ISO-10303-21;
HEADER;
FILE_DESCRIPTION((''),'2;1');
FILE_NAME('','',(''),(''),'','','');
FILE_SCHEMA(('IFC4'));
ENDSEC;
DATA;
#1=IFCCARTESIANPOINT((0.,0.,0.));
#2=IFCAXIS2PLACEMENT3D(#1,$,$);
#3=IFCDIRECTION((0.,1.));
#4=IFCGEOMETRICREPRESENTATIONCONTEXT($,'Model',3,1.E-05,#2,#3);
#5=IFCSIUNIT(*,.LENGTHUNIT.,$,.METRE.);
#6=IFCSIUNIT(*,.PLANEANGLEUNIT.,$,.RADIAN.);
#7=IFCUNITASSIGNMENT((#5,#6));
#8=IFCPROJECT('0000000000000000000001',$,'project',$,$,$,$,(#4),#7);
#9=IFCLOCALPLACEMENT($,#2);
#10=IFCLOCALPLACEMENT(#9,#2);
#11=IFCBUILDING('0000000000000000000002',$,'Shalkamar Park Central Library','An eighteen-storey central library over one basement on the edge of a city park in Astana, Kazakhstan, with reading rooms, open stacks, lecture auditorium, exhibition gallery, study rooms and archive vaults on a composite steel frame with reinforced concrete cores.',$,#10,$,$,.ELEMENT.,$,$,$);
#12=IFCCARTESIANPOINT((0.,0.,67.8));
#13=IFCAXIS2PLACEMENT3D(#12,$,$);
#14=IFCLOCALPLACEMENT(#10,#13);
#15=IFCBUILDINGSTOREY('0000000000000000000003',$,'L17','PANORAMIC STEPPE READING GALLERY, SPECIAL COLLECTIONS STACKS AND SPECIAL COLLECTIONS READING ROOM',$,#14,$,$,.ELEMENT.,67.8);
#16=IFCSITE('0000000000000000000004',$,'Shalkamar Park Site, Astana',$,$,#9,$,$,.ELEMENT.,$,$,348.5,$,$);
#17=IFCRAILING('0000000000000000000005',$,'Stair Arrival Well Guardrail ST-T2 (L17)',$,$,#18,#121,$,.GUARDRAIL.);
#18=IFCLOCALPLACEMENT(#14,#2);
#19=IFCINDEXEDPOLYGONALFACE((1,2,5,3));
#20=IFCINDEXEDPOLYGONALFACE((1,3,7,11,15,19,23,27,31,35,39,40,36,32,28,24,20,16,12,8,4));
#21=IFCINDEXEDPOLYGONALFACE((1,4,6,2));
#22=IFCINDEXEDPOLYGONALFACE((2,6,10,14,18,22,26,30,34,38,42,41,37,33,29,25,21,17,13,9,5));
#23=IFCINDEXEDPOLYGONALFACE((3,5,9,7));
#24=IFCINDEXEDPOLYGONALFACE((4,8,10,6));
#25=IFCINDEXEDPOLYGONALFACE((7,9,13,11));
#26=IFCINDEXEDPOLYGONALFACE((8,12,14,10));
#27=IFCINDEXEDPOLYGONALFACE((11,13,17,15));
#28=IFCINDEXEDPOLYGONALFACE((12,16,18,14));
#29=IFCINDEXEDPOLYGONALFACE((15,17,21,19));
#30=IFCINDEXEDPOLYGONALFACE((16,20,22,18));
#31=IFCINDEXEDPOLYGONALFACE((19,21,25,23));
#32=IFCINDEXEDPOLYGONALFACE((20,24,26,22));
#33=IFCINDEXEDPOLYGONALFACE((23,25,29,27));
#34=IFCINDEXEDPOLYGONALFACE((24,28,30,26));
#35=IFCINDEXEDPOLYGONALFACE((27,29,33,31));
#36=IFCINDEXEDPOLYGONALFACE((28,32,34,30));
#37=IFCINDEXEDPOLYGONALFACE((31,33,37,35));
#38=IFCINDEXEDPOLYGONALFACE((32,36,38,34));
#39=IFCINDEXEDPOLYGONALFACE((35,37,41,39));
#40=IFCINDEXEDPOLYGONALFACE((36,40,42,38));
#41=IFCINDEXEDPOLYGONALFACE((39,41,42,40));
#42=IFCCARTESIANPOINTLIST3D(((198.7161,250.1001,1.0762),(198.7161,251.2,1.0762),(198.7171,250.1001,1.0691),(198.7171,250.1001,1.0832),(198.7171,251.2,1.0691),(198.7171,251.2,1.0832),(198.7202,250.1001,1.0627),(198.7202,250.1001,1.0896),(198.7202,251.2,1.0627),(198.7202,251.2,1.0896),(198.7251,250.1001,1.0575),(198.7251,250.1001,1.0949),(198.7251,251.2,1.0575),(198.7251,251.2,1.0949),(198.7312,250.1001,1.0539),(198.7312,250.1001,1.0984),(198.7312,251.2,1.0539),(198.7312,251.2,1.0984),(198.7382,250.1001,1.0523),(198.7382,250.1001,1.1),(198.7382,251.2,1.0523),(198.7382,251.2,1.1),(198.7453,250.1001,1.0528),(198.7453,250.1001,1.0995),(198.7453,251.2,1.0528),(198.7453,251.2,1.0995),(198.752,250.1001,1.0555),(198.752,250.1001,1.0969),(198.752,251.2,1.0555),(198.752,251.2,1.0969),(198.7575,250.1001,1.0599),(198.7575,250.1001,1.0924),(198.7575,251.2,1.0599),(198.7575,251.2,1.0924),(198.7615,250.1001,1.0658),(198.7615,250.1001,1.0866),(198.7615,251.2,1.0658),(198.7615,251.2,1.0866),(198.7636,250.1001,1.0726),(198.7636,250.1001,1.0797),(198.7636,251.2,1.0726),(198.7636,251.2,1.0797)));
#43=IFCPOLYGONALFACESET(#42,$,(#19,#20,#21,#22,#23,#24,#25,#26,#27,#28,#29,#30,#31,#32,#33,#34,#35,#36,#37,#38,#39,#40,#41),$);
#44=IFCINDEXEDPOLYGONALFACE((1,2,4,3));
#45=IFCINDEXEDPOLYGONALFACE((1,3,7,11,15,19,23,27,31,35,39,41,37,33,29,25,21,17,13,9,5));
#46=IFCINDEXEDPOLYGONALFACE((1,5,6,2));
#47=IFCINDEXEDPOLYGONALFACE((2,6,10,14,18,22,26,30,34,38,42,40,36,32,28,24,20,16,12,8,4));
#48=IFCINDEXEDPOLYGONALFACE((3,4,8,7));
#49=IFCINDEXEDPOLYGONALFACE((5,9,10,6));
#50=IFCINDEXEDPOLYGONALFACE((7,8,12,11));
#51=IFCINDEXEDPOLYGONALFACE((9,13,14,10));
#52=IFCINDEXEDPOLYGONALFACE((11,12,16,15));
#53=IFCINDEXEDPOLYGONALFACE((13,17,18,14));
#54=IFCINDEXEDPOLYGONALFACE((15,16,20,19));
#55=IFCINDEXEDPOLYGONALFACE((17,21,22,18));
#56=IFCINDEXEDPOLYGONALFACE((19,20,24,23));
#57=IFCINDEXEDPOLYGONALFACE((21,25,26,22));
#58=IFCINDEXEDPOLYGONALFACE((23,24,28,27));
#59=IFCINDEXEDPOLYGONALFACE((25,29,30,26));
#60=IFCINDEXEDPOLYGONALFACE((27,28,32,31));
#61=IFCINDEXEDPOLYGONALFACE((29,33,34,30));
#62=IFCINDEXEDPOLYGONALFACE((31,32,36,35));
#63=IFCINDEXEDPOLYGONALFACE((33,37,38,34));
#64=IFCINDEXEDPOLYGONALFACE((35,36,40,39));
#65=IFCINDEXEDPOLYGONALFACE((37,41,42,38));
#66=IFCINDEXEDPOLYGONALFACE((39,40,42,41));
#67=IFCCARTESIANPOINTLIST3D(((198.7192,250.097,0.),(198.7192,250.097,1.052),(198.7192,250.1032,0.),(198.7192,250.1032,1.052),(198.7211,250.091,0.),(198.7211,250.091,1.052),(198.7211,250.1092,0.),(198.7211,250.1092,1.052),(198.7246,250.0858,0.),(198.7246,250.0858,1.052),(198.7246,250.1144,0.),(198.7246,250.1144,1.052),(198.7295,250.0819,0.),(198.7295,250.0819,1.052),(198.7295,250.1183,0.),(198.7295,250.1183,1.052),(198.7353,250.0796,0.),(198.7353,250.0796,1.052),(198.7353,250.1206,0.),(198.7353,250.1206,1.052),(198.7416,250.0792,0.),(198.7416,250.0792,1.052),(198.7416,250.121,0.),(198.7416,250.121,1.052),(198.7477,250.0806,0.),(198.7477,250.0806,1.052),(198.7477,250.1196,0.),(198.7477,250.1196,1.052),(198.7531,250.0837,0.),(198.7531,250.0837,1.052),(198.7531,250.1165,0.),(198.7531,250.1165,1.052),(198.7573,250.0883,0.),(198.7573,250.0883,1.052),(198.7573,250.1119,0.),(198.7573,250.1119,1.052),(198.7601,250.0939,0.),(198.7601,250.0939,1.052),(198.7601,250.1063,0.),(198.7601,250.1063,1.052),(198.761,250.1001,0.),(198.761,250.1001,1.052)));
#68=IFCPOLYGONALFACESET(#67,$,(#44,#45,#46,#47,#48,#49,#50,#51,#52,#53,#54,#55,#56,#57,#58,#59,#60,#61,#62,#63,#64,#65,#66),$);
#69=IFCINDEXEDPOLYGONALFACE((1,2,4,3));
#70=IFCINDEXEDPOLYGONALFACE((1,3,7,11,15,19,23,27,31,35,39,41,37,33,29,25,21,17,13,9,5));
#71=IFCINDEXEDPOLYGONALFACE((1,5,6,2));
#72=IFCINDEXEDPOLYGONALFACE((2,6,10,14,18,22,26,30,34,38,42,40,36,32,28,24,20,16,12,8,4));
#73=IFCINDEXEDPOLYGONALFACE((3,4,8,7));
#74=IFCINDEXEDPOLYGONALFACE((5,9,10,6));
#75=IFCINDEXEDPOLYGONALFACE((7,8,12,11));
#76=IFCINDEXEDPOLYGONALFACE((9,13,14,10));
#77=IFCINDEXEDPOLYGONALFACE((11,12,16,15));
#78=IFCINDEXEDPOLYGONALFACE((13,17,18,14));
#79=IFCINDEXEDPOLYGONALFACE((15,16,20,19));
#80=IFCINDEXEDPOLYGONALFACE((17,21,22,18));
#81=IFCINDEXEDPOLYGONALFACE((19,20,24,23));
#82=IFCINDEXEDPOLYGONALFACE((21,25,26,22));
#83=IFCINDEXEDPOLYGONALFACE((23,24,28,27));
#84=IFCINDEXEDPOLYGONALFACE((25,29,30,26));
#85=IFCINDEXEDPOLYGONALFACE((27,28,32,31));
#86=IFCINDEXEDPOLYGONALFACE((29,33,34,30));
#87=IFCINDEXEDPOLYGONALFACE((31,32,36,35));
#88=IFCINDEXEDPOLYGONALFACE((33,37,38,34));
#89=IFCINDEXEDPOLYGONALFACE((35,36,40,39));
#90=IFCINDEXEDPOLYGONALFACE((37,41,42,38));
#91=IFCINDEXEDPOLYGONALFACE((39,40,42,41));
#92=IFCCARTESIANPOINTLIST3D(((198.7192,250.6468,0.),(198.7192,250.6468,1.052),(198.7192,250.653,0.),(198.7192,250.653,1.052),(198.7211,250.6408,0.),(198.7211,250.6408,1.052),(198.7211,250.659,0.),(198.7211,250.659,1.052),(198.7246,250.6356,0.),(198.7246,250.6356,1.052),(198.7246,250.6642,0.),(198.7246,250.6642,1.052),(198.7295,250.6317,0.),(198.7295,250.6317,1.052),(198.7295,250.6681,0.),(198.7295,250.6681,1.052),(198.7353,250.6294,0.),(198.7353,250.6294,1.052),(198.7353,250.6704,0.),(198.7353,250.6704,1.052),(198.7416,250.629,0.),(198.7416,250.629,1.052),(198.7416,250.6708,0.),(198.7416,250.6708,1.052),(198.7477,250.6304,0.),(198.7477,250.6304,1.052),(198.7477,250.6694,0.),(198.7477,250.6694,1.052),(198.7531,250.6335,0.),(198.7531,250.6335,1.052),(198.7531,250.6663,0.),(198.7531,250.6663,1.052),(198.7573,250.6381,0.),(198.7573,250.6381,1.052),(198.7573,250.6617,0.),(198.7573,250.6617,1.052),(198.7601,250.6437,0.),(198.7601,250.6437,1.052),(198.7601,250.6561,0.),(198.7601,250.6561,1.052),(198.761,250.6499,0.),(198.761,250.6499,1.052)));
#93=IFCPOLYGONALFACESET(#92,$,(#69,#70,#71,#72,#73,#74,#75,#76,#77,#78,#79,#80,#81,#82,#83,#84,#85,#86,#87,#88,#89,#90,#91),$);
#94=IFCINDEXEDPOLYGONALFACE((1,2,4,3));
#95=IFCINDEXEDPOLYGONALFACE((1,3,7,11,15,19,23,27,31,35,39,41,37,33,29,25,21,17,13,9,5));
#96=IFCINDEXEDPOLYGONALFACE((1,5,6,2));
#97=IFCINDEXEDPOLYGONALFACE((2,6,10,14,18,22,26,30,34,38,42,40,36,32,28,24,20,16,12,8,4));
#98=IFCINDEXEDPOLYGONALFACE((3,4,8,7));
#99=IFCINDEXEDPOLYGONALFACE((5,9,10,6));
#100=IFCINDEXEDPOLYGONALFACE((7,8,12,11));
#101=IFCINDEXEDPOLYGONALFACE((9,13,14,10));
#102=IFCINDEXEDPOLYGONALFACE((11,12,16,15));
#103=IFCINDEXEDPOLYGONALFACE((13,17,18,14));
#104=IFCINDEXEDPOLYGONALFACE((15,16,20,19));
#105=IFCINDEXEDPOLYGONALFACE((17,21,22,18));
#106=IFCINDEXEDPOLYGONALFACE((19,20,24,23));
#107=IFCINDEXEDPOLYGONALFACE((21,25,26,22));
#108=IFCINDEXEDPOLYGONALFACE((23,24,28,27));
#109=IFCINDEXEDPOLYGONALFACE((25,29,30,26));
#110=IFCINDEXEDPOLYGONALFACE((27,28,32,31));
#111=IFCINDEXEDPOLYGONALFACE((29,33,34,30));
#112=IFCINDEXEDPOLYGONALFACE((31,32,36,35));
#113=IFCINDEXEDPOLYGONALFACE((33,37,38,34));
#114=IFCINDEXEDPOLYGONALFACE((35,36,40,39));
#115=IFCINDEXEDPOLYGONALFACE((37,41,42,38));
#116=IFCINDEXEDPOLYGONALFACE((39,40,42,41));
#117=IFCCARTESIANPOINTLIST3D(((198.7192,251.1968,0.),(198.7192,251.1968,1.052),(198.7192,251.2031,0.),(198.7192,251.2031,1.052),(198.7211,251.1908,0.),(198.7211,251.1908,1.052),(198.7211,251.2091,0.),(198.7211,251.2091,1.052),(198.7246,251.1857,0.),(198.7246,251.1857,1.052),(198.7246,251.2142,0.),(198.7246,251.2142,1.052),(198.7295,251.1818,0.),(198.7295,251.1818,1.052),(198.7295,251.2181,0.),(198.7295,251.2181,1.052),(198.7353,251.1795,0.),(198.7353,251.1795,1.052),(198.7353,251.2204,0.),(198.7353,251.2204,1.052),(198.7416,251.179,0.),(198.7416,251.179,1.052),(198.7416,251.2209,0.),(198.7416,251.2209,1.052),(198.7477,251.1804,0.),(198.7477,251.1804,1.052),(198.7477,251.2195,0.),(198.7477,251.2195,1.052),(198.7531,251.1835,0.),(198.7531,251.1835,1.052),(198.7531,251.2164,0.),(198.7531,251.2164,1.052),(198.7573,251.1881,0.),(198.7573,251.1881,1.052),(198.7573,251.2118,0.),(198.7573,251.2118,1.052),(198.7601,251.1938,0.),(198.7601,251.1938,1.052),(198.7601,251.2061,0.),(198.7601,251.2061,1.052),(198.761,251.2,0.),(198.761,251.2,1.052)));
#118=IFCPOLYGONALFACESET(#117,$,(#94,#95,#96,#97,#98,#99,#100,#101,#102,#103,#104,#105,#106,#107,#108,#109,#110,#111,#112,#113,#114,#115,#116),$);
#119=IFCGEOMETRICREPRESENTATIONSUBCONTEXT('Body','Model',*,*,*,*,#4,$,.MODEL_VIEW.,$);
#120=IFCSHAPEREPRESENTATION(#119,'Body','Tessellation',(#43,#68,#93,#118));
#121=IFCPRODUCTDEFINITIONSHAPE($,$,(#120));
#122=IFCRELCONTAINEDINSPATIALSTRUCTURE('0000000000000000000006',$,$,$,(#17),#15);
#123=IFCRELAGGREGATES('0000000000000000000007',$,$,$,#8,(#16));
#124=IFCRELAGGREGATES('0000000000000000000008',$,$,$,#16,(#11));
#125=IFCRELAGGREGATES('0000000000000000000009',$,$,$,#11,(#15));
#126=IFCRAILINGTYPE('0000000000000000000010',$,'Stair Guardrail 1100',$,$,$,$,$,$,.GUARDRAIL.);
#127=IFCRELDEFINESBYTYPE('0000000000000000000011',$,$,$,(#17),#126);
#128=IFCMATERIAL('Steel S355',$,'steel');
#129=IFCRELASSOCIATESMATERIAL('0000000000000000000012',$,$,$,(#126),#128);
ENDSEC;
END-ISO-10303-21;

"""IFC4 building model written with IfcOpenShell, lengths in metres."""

from ifc_helpers import new_model, si_unit, direction, frame, origin, origin_2d, place, context, subcontext, project, spatial, circle, extrude, material, type_object, element, save


model = new_model("IFC4")

# Units and contexts
model_context = context("Model", 3, precision=1e-05, world=origin(), true_north=direction((0.0, 1.0)))
body_context = subcontext(model_context, "Body", "Model", "MODEL_VIEW")
ifc_project = project(units=[si_unit("LENGTHUNIT", "METRE"), si_unit("PLANEANGLEUNIT", "RADIAN")], contexts=[model_context])

# Site, building, storey
site_placement = place(None, origin())
site = spatial("IfcSite", under=ifc_project, at=site_placement, Name="Shalkamar Park Site, Astana", CompositionType="ELEMENT", RefElevation=348.5)
building_placement = place(site_placement, origin())
building = spatial("IfcBuilding", under=site, at=building_placement, Name="Shalkamar Park Central Library", Description="An eighteen-storey central library over one basement on the edge of a city park in Astana, Kazakhstan, with reading rooms, open stacks, lecture auditorium, exhibition gallery, study rooms and archive vaults on a composite steel frame with reinforced concrete cores.", CompositionType="ELEMENT")
storey_placement = place(building_placement, frame((0.0, 0.0, 67.8)))
storey = spatial("IfcBuildingStorey", under=building, at=storey_placement, Name="L17", Description="PANORAMIC STEPPE READING GALLERY, SPECIAL COLLECTIONS STACKS AND SPECIAL COLLECTIONS READING ROOM", CompositionType="ELEMENT", Elevation=67.8)

# Shared definitions
ifc_material_1 = material(Name="Steel S355", Category="steel")

# Railing
railing_type_1 = type_object("IfcRailingType", Name="Stair Guardrail 1100", PredefinedType="GUARDRAIL", material=ifc_material_1)
railing_1_placement = place(storey_placement, frame((198.74, 250.1001, 0.0)))
element("IfcRailing", 1, at=railing_1_placement, inside=storey, type_object=railing_type_1, Name="Stair Arrival Well Guardrail ST-T2 (L17)", PredefinedType="GUARDRAIL", context=body_context, shape_type="SweptSolid", body=[
    extrude(circle(Radius=0.0239, at=origin_2d()), frame((0.0, 0.0, 1.0762), z_axis=(0.0, 1.0, 0.0), x_axis=(-1.0, 0.0, 0.0)), (0.0, 0.0, 1.0), 1.0999),
    extrude(circle(Radius=0.021, at=origin_2d()), origin(), (0.0, 0.0, 1.0), 1.052),
    extrude(circle(Radius=0.021, at=origin_2d()), frame((0.0, 0.5498, 0.0)), (0.0, 0.0, 1.0), 1.052),
    extrude(circle(Radius=0.021, at=origin_2d()), frame((0.0, 1.0999, 0.0)), (0.0, 0.0, 1.0), 1.052),
])

save(model, "model.ifc")
